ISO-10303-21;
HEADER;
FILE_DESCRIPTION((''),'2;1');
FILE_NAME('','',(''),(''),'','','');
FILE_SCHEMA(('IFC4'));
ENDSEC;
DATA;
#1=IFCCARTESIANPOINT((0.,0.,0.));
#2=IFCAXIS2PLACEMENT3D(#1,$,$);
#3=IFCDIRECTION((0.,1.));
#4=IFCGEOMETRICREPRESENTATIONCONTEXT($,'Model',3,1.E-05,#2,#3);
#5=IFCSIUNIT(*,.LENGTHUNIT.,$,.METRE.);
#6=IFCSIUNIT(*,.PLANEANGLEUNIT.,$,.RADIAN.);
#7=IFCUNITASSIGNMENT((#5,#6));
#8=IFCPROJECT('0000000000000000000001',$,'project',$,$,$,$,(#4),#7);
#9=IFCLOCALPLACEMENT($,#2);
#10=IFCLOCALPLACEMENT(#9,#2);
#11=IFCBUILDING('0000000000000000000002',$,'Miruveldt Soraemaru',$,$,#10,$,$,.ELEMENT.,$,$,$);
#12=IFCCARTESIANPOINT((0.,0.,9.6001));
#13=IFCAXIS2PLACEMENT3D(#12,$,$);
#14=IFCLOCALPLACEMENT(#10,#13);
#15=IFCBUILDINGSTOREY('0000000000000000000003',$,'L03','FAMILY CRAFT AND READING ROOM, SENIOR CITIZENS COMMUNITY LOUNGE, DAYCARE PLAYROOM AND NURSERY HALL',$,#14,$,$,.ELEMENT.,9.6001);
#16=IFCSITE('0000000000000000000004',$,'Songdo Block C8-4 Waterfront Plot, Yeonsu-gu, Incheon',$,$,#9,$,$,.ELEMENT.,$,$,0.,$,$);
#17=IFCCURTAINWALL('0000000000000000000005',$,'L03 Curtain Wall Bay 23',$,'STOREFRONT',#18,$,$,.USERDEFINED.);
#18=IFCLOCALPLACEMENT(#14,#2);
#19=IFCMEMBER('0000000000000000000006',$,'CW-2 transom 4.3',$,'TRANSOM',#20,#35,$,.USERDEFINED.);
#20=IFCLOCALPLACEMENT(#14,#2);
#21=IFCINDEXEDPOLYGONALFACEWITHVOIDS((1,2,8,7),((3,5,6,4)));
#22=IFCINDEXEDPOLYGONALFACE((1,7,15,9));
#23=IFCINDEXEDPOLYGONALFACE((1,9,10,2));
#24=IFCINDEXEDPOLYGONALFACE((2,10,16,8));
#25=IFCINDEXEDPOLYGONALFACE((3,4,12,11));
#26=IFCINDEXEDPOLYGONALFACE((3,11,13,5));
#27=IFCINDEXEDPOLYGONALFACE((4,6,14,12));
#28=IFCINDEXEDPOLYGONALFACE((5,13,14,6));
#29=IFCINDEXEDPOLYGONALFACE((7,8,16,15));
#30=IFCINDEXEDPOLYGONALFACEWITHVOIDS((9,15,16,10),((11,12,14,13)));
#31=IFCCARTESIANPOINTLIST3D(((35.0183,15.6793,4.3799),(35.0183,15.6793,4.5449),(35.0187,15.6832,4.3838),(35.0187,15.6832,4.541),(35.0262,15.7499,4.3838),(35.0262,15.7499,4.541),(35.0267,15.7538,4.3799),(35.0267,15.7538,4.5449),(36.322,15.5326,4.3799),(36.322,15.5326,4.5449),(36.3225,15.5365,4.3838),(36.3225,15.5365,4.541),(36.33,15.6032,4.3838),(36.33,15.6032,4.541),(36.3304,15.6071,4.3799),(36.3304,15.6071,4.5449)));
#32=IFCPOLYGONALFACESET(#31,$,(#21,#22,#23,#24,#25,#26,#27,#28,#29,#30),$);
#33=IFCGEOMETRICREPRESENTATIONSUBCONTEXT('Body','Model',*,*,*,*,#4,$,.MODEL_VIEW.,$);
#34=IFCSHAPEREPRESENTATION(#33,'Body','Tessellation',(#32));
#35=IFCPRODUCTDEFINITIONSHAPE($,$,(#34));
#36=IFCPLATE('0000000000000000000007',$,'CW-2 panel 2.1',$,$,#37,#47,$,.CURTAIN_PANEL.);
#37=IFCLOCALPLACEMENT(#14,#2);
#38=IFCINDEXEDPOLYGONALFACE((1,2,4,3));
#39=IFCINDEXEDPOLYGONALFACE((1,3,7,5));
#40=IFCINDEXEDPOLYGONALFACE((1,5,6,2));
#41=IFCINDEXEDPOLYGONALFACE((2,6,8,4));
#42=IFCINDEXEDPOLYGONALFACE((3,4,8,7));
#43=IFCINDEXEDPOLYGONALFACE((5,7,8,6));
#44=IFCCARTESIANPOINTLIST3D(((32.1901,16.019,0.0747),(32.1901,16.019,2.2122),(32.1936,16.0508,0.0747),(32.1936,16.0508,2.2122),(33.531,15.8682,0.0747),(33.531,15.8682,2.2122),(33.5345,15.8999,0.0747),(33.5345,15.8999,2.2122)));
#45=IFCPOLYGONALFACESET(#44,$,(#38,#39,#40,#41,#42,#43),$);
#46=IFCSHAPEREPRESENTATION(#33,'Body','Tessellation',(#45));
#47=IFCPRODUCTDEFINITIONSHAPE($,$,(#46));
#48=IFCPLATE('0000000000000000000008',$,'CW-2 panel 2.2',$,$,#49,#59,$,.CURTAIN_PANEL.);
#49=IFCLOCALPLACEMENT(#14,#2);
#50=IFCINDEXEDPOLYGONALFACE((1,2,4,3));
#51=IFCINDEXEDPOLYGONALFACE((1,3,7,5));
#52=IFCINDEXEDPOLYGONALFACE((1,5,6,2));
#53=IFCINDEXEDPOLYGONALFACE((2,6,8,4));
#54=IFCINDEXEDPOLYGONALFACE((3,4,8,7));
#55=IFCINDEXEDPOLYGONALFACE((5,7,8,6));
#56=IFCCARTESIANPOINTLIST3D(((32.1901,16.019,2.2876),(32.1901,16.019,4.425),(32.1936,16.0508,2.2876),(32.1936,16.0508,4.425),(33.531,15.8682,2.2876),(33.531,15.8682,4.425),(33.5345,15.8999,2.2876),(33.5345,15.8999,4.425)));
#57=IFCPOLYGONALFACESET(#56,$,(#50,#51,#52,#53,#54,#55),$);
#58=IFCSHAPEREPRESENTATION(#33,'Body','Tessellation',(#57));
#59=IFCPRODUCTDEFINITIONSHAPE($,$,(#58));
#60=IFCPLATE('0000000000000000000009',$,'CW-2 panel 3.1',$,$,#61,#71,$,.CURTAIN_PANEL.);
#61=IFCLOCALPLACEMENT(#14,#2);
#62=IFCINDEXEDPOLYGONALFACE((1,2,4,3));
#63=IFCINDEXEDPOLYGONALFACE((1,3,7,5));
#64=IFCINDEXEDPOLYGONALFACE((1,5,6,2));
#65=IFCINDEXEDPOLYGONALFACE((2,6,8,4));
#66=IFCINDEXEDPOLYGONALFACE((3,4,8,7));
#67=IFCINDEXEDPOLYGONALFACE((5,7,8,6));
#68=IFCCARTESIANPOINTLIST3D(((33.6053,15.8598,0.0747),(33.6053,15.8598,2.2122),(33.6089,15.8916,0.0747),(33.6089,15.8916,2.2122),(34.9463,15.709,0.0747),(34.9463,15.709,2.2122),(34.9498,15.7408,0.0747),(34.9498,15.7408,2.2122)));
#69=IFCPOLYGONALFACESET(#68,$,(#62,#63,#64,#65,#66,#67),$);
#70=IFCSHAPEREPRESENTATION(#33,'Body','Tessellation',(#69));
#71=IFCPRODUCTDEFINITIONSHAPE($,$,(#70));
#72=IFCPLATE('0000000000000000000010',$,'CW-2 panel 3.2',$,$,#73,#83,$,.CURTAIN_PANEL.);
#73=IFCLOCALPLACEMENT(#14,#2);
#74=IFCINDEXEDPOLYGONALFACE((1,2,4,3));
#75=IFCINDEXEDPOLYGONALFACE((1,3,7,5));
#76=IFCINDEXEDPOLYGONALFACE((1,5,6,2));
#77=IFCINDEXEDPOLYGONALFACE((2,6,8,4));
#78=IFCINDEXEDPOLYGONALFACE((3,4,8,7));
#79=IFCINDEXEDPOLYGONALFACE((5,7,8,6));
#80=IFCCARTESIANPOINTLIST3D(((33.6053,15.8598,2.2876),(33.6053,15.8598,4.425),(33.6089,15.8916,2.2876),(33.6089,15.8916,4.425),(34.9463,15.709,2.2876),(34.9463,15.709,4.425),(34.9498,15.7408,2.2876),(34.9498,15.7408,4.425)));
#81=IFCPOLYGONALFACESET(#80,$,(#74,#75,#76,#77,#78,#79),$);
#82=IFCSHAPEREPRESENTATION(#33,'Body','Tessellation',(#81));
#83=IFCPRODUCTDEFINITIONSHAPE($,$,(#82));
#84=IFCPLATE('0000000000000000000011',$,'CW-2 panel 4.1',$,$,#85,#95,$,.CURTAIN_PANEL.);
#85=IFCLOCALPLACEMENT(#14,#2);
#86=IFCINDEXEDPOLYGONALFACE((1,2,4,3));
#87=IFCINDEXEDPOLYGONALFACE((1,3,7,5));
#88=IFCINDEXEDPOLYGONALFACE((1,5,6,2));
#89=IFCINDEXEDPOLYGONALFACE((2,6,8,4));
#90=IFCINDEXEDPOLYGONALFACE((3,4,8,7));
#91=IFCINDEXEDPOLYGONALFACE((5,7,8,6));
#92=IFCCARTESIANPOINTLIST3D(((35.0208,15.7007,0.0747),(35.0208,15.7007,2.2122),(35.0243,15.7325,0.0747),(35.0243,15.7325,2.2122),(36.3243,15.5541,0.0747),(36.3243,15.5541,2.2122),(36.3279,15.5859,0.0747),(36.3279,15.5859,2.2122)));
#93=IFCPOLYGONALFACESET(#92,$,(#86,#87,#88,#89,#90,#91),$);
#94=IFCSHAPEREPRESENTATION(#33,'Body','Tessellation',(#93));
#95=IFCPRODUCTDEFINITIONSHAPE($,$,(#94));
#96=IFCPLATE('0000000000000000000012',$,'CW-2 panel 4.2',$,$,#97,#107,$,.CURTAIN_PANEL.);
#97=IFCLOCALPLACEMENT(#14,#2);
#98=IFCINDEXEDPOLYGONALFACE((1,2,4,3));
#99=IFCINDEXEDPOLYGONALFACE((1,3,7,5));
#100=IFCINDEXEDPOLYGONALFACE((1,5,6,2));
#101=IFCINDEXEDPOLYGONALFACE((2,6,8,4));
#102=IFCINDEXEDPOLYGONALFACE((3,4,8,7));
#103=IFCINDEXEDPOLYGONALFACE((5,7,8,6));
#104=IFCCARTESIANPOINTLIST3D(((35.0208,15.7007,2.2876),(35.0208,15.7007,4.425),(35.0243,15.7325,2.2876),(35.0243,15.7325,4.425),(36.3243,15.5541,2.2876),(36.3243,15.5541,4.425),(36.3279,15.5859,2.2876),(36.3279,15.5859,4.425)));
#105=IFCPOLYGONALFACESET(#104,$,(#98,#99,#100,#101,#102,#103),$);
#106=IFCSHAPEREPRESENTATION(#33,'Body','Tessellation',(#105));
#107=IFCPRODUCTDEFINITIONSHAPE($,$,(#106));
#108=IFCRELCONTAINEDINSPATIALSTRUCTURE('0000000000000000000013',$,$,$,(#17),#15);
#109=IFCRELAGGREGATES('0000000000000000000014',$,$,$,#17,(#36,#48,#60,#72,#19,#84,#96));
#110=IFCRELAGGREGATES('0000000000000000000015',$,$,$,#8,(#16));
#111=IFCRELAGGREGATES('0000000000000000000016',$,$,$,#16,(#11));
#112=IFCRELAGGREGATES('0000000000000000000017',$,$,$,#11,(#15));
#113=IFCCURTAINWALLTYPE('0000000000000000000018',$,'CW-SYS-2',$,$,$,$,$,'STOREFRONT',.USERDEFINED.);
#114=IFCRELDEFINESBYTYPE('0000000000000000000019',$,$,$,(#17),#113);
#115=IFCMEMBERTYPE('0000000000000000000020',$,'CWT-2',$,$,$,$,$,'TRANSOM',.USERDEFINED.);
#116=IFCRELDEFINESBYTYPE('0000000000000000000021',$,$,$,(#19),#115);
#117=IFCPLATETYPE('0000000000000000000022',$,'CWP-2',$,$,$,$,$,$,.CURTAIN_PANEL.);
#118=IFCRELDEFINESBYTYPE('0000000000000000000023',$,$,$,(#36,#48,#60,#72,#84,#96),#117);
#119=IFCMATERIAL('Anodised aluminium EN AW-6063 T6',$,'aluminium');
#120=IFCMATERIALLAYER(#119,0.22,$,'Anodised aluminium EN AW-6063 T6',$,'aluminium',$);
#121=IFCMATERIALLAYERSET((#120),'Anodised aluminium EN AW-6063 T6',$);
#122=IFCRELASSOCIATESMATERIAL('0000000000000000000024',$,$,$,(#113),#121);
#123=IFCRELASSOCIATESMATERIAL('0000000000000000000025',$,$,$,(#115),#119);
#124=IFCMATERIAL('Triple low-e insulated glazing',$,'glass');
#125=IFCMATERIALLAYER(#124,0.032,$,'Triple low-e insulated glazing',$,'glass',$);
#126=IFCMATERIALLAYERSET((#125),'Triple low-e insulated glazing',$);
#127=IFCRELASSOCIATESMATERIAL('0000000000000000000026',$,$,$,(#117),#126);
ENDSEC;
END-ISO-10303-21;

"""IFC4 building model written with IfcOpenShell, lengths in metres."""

from ifc_helpers import new_model, si_unit, direction, frame, origin, origin_2d, place, context, subcontext, project, spatial, rectangle, hollow_rectangle, extrude, material, layer, layer_set, material_profile, profile_set, type_object, element, aggregate, save


model = new_model("IFC4")

# Units and contexts
model_context = context("Model", 3, precision=1e-05, world=origin(), true_north=direction((0.0, 1.0)))
body_context = subcontext(model_context, "Body", "Model", "MODEL_VIEW")
ifc_project = project(units=[si_unit("LENGTHUNIT", "METRE"), si_unit("PLANEANGLEUNIT", "RADIAN")], contexts=[model_context])

# Site, building, storey
site_placement = place(None, origin())
site = spatial("IfcSite", under=ifc_project, at=site_placement, Name="Songdo Block C8-4 Waterfront Plot, Yeonsu-gu, Incheon", CompositionType="ELEMENT", RefElevation=0.0)
building_placement = place(site_placement, origin())
building = spatial("IfcBuilding", under=site, at=building_placement, Name="Miruveldt Soraemaru", CompositionType="ELEMENT")
storey_placement = place(building_placement, frame((0.0, 0.0, 9.6001)))
storey = spatial("IfcBuildingStorey", under=building, at=storey_placement, Name="L03", Description="FAMILY CRAFT AND READING ROOM, SENIOR CITIZENS COMMUNITY LOUNGE, DAYCARE PLAYROOM AND NURSERY HALL", CompositionType="ELEMENT", Elevation=9.6001)

# Curtain wall, member, plates
ifc_material_1 = material(Name="Anodised aluminium EN AW-6063 T6", Category="aluminium")
ifc_layer_1 = layer(ifc_material_1, 0.22, Name="Anodised aluminium EN AW-6063 T6", Category="aluminium")
ifc_layer_set_1 = layer_set([ifc_layer_1], Name="Anodised aluminium EN AW-6063 T6")
curtain_wall_type = type_object("IfcCurtainWallType", Name="CW-SYS-2", ElementType="STOREFRONT", PredefinedType="USERDEFINED", material=ifc_layer_set_1)
curtain_wall_placement = place(storey_placement, origin())
curtain_wall = element("IfcCurtainWall", 1, at=curtain_wall_placement, inside=storey, type_object=curtain_wall_type, Name="L03 Curtain Wall Bay 23", ObjectType="STOREFRONT", PredefinedType="USERDEFINED")
ifc_material_profile_1 = material_profile(ifc_material_1, hollow_rectangle(XDim=0.075, YDim=0.165, WallThickness=0.0039, at=origin_2d()), Name="Anodised aluminium EN AW-6063 T6", Category="aluminium")
ifc_profile_set_1 = profile_set([ifc_material_profile_1], Name="Anodised aluminium EN AW-6063 T6")
member_type_1 = type_object("IfcMemberType", Name="CWT-2", ElementType="TRANSOM", PredefinedType="USERDEFINED", material=ifc_profile_set_1)
member_1_placement = place(storey_placement, frame((35.0225, 15.7166, 4.4624), z_axis=(0.993726, -0.111841, 0.0), x_axis=(0.111841, 0.993726, 0.0)))
member_1 = element("IfcMember", 2, at=member_1_placement, type_object=member_type_1, Name="CW-2 transom 4.3", ObjectType="TRANSOM", PredefinedType="USERDEFINED", context=body_context, shape_type="SweptSolid", body=[
    extrude(hollow_rectangle(XDim=0.075, YDim=0.165, WallThickness=0.0039, at=origin_2d()), origin(), (0.0, 0.0, 1.0), 1.312),
])
ifc_material_2 = material(Name="Triple low-e insulated glazing", Category="glass")
ifc_layer_2 = layer(ifc_material_2, 0.032, Name="Triple low-e insulated glazing", Category="glass")
ifc_layer_set_2 = layer_set([ifc_layer_2], Name="Triple low-e insulated glazing")
plate_type = type_object("IfcPlateType", Name="CWP-2", PredefinedType="CURTAIN_PANEL", material=ifc_layer_set_2)
plate_1_placement = place(storey_placement, frame((32.8623, 15.9595, 0.0747), z_axis=(0.0, 0.0, 1.0), x_axis=(0.993733, -0.111778, 0.0)))
plate_1 = element("IfcPlate", 3, at=plate_1_placement, type_object=plate_type, Name="CW-2 panel 2.1", PredefinedType="CURTAIN_PANEL", context=body_context, shape_type="SweptSolid", body=[
    extrude(rectangle(XDim=1.3494, YDim=0.032, at=origin_2d()), origin(), (0.0, 0.0, 1.0), 2.1375),
])
plate_2_placement = place(storey_placement, frame((32.8623, 15.9595, 2.2876), z_axis=(0.0, 0.0, 1.0), x_axis=(0.993733, -0.111778, 0.0)))
plate_2 = element("IfcPlate", 4, at=plate_2_placement, type_object=plate_type, Name="CW-2 panel 2.2", PredefinedType="CURTAIN_PANEL", context=body_context, shape_type="SweptSolid", body=[
    extrude(rectangle(XDim=1.3494, YDim=0.032, at=origin_2d()), origin(), (0.0, 0.0, 1.0), 2.1375),
])
plate_3_placement = place(storey_placement, frame((34.2776, 15.8003, 0.0747), z_axis=(0.0, 0.0, 1.0), x_axis=(0.993733, -0.111778, 0.0)))
plate_3 = element("IfcPlate", 5, at=plate_3_placement, type_object=plate_type, Name="CW-2 panel 3.1", PredefinedType="CURTAIN_PANEL", context=body_context, shape_type="SweptSolid", body=[
    extrude(rectangle(XDim=1.3494, YDim=0.032, at=origin_2d()), origin(), (0.0, 0.0, 1.0), 2.1375),
])
plate_4_placement = place(storey_placement, frame((34.2776, 15.8003, 2.2876), z_axis=(0.0, 0.0, 1.0), x_axis=(0.993733, -0.111778, 0.0)))
plate_4 = element("IfcPlate", 6, at=plate_4_placement, type_object=plate_type, Name="CW-2 panel 3.2", PredefinedType="CURTAIN_PANEL", context=body_context, shape_type="SweptSolid", body=[
    extrude(rectangle(XDim=1.3494, YDim=0.032, at=origin_2d()), origin(), (0.0, 0.0, 1.0), 2.1375),
])
plate_5_placement = place(storey_placement, frame((35.6743, 15.6433, 0.0747), z_axis=(0.0, 0.0, 1.0), x_axis=(0.993733, -0.111778, 0.0)))
plate_5 = element("IfcPlate", 7, at=plate_5_placement, type_object=plate_type, Name="CW-2 panel 4.1", PredefinedType="CURTAIN_PANEL", context=body_context, shape_type="SweptSolid", body=[
    extrude(rectangle(XDim=1.3118, YDim=0.032, at=origin_2d()), origin(), (0.0, 0.0, 1.0), 2.1375),
])
plate_6_placement = place(storey_placement, frame((35.6743, 15.6433, 2.2876), z_axis=(0.0, 0.0, 1.0), x_axis=(0.993733, -0.111778, 0.0)))
plate_6 = element("IfcPlate", 8, at=plate_6_placement, type_object=plate_type, Name="CW-2 panel 4.2", PredefinedType="CURTAIN_PANEL", context=body_context, shape_type="SweptSolid", body=[
    extrude(rectangle(XDim=1.3118, YDim=0.032, at=origin_2d()), origin(), (0.0, 0.0, 1.0), 2.1375),
])
aggregate(curtain_wall, [plate_1, plate_2, plate_3, plate_4, member_1, plate_5, plate_6])

save(model, "model.ifc")
